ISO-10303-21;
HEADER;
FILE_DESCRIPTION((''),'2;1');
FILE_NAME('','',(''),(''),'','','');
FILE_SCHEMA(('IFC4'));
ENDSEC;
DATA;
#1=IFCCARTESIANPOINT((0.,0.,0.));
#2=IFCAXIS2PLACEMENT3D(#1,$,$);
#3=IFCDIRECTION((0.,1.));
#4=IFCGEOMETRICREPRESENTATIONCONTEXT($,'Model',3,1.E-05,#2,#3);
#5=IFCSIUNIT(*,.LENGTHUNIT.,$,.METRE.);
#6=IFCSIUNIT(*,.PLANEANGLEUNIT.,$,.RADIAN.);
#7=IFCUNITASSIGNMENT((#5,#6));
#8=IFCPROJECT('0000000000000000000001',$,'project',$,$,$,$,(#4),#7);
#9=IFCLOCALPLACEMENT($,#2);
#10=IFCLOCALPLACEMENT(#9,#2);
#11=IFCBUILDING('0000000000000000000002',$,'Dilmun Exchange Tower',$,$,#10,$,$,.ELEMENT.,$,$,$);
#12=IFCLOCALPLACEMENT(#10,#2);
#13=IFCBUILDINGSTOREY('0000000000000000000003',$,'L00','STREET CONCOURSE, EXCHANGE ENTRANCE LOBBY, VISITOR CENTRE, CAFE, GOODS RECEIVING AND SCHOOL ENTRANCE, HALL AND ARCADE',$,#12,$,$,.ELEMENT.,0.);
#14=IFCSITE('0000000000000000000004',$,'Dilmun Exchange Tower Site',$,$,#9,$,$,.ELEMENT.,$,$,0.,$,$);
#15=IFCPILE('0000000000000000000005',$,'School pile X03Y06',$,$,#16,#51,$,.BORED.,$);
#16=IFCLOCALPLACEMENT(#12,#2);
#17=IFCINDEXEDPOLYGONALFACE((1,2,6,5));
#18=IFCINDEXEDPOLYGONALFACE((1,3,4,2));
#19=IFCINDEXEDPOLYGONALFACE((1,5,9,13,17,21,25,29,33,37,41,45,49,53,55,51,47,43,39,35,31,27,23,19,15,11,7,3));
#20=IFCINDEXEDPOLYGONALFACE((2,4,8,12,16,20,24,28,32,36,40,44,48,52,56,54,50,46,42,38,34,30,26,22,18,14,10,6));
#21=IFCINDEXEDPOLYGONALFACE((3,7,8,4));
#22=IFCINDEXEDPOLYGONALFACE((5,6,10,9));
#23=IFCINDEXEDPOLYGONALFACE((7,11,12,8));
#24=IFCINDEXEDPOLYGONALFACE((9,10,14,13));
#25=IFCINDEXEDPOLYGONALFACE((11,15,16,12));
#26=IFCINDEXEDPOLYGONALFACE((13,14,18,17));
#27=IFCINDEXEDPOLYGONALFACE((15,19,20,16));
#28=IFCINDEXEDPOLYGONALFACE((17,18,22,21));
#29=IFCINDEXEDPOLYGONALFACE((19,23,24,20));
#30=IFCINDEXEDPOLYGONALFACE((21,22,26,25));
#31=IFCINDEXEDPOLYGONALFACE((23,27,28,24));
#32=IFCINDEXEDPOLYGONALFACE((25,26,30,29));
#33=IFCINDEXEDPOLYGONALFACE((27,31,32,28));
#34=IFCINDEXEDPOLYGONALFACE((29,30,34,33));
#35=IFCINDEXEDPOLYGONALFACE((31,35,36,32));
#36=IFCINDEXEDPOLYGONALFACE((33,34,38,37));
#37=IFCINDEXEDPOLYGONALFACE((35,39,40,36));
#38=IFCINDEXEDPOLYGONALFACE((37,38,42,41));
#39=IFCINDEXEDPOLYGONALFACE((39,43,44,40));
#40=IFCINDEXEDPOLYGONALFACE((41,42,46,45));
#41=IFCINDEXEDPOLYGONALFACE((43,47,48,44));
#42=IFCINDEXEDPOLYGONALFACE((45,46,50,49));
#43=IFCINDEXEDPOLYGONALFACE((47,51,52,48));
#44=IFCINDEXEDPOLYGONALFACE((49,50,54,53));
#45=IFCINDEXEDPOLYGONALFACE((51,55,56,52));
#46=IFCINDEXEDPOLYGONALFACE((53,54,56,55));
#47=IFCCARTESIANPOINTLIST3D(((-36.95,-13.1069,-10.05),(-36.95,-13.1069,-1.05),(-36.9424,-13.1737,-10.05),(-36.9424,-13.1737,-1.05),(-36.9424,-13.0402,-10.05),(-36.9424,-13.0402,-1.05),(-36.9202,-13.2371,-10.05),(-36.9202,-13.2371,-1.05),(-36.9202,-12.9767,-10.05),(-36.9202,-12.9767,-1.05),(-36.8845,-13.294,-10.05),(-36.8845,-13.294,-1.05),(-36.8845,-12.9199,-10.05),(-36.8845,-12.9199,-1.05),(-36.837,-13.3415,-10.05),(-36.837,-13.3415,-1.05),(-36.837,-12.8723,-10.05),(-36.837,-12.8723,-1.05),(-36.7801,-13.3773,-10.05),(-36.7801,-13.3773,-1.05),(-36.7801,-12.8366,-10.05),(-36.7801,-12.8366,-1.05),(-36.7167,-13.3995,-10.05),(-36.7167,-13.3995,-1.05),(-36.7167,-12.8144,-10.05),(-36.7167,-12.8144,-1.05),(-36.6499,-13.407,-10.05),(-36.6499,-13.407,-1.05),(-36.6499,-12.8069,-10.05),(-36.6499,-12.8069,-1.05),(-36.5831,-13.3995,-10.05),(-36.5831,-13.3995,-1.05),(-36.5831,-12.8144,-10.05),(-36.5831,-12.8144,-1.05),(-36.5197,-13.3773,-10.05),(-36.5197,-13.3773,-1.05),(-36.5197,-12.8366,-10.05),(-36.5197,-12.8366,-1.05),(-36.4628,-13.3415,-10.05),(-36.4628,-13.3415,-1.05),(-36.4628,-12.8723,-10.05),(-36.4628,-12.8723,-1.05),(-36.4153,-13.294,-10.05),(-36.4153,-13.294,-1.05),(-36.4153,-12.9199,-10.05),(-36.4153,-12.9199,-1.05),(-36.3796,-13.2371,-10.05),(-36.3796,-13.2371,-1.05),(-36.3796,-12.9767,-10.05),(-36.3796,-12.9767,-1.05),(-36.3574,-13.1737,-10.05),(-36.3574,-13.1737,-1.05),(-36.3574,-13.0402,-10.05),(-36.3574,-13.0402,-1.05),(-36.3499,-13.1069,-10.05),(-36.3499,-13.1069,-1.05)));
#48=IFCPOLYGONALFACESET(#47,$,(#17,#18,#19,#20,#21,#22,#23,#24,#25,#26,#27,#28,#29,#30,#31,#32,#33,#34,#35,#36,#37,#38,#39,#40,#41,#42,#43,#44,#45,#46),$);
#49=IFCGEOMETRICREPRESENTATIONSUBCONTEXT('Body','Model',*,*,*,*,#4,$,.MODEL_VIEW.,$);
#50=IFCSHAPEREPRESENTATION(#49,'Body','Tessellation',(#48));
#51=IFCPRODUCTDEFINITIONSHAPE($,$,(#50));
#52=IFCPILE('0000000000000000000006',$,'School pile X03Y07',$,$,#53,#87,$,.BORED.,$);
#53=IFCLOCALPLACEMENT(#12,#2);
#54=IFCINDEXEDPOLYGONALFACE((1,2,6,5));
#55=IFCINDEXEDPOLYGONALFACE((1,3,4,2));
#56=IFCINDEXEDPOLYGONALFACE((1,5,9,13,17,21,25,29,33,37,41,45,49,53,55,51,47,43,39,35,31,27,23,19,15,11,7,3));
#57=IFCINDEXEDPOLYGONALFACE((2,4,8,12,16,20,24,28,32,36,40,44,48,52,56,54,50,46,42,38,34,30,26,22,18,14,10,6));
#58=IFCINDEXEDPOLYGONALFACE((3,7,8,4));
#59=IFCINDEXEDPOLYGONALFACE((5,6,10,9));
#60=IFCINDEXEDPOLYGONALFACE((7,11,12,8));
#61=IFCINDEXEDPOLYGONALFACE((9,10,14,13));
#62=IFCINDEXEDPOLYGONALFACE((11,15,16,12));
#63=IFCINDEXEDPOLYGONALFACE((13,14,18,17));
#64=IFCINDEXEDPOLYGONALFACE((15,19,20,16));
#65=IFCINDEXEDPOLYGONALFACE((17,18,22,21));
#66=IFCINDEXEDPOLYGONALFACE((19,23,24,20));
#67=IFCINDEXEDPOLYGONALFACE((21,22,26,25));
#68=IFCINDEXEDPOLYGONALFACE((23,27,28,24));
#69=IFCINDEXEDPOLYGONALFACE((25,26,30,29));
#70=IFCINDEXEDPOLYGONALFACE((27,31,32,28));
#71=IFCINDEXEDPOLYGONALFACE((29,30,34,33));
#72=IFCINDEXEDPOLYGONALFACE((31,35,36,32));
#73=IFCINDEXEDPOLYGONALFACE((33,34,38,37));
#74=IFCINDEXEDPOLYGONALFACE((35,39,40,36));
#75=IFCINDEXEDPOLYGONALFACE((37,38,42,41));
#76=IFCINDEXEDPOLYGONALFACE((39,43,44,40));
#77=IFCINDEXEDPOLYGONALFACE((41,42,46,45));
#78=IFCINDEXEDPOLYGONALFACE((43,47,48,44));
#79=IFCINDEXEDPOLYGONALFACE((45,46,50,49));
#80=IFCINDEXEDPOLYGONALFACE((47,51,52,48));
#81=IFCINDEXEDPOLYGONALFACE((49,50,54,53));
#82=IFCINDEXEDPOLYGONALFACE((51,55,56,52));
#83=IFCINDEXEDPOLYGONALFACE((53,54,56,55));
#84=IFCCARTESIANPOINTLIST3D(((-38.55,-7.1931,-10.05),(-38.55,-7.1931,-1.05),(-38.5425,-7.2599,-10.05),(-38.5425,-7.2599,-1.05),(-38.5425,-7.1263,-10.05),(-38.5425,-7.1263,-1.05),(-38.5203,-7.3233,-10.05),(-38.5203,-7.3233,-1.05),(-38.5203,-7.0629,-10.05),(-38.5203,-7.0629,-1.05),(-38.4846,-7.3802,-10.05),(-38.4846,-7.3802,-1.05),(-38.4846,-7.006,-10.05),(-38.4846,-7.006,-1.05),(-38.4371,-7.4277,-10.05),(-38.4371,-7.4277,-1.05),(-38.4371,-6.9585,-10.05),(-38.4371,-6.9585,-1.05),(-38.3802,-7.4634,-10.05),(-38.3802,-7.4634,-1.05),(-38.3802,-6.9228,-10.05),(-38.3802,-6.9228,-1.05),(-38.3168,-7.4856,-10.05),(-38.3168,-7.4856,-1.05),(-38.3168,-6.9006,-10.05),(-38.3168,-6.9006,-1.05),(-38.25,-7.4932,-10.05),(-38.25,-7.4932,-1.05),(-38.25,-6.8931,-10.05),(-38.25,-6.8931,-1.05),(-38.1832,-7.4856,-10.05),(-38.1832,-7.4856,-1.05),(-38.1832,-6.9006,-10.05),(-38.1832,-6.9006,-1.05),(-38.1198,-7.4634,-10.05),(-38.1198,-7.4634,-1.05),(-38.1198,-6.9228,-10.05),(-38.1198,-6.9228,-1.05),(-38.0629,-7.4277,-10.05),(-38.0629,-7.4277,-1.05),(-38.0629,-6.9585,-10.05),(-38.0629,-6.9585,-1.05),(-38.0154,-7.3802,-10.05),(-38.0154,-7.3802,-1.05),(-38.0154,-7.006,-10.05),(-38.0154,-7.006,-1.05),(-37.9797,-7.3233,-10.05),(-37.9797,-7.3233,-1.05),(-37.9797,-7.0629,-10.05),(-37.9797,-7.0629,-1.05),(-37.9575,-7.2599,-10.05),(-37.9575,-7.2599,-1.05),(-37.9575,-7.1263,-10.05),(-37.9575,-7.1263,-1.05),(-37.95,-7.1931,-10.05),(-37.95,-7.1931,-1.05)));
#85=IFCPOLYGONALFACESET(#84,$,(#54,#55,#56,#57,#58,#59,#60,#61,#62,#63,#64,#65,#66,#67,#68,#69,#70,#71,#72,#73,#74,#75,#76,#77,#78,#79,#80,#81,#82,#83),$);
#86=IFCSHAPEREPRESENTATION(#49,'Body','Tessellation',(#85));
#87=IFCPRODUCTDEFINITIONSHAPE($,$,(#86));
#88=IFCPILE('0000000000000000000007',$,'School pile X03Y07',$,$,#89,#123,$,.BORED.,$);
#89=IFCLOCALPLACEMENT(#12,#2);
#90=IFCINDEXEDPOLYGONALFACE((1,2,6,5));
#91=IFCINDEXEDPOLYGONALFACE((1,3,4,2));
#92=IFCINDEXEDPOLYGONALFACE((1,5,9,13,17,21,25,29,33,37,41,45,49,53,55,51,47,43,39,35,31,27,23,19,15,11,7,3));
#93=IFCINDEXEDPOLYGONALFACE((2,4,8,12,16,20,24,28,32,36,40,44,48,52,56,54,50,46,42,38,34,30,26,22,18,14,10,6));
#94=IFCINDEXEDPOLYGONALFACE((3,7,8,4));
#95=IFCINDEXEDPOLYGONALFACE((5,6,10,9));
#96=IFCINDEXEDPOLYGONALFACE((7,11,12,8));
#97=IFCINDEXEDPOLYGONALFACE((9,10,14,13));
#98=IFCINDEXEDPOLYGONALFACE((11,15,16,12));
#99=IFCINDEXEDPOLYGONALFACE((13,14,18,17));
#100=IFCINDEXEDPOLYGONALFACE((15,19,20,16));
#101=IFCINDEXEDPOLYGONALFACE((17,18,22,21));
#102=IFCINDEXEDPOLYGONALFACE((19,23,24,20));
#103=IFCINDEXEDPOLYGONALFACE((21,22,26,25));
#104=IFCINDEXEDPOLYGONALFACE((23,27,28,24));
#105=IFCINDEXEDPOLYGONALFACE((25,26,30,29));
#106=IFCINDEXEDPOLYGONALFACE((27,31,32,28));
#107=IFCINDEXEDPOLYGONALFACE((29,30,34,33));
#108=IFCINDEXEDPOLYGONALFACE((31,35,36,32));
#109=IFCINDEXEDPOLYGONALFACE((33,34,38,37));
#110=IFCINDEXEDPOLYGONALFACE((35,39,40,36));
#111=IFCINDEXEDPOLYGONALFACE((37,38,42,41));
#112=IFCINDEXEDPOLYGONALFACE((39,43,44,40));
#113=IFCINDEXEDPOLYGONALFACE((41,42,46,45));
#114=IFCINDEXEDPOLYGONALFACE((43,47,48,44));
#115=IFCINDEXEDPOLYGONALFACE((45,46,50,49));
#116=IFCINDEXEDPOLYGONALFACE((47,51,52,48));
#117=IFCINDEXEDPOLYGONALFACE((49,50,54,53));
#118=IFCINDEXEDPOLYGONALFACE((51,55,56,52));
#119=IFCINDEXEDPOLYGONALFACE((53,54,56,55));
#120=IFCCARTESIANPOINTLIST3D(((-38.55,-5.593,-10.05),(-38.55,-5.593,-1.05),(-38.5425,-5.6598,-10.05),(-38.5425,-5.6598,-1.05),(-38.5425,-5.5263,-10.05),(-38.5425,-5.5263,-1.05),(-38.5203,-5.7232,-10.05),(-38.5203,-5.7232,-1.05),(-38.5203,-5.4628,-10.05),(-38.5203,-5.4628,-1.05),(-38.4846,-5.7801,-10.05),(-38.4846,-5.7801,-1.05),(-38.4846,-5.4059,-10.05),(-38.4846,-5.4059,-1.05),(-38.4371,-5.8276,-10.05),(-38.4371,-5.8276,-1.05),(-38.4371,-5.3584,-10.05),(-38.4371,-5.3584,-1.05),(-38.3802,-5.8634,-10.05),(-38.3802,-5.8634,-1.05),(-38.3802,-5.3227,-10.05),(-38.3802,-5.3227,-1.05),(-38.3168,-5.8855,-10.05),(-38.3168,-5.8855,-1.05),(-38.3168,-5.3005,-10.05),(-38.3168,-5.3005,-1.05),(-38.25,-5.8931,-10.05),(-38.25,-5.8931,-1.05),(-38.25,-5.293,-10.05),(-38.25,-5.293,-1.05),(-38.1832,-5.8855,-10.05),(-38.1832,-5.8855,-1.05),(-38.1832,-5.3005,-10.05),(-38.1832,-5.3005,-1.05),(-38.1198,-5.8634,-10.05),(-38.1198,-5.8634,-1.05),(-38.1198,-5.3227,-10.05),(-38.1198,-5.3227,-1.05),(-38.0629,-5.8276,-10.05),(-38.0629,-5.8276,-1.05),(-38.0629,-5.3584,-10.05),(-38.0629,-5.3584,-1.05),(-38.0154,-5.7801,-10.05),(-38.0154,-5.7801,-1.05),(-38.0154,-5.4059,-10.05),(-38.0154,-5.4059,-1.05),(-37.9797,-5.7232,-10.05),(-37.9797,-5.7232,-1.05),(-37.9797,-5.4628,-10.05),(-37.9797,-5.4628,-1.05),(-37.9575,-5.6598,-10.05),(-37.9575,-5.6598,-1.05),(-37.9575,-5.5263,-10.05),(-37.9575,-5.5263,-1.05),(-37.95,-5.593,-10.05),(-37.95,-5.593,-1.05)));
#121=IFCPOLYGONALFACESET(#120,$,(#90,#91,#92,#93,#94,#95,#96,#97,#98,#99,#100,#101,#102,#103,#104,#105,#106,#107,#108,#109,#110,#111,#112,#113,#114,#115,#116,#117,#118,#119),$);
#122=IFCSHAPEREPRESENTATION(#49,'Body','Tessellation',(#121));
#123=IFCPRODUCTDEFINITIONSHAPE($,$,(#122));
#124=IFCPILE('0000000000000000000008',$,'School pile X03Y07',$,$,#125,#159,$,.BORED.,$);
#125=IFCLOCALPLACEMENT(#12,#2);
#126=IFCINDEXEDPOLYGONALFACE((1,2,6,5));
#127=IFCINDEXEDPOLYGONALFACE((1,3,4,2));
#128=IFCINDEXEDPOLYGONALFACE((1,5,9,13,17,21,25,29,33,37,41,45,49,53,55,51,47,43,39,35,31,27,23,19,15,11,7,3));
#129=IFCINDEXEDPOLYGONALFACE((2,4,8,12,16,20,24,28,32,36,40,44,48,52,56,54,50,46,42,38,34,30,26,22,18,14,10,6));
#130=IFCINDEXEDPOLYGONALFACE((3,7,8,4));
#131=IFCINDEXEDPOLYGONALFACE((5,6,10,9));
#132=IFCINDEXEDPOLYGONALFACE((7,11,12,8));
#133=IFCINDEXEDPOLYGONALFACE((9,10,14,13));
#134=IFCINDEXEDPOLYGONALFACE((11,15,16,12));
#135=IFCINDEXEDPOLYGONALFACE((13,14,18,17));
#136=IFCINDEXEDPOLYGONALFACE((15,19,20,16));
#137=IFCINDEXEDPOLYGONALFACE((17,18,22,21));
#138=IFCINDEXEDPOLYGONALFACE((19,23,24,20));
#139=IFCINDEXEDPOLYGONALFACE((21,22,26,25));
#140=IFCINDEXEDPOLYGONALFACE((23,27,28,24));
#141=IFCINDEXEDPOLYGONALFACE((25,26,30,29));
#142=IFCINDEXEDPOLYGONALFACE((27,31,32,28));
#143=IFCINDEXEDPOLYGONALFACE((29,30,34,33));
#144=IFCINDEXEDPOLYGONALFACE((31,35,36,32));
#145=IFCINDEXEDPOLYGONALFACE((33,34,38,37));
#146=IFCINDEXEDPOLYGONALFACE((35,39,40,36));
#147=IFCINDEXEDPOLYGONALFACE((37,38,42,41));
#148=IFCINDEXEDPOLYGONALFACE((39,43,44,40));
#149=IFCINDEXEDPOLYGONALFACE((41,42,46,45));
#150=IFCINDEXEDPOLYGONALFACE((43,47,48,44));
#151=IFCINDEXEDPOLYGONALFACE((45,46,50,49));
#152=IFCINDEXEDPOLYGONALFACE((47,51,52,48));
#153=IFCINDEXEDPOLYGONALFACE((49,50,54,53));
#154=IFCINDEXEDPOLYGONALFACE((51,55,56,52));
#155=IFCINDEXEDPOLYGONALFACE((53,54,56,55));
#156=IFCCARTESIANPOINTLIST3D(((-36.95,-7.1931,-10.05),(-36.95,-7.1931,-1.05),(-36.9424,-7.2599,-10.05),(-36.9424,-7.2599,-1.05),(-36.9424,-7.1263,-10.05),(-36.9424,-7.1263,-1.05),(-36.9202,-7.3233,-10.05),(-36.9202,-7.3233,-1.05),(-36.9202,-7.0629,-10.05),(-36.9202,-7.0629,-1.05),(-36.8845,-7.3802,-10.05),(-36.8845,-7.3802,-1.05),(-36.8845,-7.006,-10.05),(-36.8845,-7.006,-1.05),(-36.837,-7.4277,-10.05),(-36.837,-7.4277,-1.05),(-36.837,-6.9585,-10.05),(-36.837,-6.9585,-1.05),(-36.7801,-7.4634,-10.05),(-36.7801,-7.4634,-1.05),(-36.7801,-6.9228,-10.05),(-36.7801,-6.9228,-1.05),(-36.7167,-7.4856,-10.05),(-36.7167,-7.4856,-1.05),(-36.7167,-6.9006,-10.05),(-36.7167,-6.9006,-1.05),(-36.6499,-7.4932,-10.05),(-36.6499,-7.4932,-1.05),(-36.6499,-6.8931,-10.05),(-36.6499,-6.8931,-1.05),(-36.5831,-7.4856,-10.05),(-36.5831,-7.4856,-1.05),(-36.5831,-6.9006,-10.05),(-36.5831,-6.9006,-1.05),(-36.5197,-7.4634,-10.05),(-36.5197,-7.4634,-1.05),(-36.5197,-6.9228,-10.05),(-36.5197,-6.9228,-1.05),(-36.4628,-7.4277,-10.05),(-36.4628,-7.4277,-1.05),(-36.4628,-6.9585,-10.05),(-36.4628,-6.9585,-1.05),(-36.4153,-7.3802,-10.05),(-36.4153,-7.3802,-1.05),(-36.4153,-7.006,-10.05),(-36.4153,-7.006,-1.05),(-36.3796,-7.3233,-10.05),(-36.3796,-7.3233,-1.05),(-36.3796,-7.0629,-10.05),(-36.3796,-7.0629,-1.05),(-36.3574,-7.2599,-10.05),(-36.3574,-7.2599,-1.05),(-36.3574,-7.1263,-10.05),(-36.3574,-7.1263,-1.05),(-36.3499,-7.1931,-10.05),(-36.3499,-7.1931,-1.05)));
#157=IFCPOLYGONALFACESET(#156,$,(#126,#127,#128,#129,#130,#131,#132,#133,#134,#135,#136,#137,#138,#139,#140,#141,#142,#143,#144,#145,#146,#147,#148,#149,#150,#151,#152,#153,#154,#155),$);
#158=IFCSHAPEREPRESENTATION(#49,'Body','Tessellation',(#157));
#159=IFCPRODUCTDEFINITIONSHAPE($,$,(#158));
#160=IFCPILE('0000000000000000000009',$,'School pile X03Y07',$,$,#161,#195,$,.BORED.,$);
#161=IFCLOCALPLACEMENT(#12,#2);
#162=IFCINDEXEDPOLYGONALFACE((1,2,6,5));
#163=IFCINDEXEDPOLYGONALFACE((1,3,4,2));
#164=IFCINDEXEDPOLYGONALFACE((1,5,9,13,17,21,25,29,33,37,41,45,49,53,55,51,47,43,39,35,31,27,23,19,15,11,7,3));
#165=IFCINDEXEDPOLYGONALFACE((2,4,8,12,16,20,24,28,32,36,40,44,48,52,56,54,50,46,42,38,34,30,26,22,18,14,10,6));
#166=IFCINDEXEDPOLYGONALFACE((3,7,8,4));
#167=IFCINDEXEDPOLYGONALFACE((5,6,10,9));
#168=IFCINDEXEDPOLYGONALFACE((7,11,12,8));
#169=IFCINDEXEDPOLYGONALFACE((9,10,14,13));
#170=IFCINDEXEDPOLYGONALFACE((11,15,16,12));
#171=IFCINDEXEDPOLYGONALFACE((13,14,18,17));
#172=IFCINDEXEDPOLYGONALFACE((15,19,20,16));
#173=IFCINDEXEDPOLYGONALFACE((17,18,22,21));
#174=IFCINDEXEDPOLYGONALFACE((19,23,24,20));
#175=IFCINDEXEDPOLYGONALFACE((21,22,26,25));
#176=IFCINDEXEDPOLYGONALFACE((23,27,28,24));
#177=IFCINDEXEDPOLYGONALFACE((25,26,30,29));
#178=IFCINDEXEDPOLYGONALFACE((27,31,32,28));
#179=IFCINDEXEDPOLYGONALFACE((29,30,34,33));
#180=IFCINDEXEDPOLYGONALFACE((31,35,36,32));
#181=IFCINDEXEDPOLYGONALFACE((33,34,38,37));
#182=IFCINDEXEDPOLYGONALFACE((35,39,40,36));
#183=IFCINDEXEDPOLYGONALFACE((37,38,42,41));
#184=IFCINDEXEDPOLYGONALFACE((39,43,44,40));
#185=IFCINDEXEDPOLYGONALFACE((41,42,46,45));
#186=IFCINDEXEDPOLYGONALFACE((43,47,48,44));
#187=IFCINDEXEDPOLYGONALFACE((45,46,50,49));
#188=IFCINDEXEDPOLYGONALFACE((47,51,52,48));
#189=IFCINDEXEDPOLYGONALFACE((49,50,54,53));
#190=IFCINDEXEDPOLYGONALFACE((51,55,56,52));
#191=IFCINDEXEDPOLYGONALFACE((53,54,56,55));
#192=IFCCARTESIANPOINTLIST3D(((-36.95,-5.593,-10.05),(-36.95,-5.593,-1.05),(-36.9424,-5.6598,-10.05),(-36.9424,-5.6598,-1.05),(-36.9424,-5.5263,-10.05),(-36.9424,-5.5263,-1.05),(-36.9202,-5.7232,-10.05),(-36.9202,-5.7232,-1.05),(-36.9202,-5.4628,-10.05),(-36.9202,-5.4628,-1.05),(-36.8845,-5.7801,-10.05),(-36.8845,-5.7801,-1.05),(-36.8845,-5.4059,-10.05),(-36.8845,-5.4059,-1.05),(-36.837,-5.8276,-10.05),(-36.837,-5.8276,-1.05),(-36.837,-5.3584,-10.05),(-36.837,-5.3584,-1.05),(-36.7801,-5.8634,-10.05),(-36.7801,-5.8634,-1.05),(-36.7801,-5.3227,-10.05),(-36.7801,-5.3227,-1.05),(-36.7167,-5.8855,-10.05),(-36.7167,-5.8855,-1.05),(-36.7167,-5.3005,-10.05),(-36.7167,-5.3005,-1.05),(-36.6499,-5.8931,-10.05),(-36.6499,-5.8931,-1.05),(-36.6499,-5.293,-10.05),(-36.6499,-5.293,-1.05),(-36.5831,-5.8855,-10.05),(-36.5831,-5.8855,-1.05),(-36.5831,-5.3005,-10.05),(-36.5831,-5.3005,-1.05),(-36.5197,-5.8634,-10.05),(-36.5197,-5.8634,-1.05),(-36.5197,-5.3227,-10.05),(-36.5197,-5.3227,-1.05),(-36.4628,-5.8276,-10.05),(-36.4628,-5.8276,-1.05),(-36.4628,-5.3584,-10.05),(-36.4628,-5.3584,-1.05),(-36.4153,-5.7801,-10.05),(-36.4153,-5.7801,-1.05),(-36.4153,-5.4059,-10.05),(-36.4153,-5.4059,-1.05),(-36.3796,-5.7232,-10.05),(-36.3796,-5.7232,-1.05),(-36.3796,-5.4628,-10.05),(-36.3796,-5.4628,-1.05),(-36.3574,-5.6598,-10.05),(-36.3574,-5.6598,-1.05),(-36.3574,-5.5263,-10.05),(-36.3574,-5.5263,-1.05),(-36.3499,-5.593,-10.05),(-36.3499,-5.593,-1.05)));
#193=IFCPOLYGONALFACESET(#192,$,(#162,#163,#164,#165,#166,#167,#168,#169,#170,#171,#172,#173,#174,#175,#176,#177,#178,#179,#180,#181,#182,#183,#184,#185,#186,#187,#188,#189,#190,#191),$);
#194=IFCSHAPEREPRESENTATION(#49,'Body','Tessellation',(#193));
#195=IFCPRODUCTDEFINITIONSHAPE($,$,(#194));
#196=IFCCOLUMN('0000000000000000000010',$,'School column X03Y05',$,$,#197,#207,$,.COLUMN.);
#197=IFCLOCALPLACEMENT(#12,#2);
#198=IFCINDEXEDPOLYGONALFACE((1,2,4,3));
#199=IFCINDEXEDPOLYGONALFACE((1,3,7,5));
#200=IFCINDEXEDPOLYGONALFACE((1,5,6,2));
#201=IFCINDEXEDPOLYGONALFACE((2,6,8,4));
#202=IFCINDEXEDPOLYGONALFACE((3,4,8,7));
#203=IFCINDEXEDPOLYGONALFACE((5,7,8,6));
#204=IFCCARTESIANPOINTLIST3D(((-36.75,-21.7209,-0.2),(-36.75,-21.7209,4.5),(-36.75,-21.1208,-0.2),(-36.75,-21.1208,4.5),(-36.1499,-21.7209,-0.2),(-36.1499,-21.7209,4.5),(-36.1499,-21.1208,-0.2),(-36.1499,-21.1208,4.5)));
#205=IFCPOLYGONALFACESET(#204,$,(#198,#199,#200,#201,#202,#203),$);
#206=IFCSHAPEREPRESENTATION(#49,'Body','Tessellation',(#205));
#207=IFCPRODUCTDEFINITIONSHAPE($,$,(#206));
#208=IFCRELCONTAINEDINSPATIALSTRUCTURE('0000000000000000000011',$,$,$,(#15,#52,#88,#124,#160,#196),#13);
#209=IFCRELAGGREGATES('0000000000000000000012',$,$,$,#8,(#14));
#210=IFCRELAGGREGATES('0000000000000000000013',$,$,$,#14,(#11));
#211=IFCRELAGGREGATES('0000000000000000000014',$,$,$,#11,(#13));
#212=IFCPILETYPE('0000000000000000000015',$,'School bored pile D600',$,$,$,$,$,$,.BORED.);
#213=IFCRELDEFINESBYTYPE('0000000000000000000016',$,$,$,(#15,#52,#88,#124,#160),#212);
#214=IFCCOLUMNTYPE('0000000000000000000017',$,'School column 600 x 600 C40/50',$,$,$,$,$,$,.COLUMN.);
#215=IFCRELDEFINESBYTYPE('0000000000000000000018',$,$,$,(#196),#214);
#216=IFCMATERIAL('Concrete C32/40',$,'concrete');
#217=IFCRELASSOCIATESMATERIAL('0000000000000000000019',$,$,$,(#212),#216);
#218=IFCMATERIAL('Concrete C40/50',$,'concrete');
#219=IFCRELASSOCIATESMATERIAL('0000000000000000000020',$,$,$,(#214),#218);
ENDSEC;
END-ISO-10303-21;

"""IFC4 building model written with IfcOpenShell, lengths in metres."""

from ifc_helpers import new_model, si_unit, direction, frame, origin, origin_2d, place, context, subcontext, project, spatial, rectangle, circle, extrude, material, material_profile, profile_set, type_object, element, save


model = new_model("IFC4")

# Units and contexts
model_context = context("Model", 3, precision=1e-05, world=origin(), true_north=direction((0.0, 1.0)))
body_context = subcontext(model_context, "Body", "Model", "MODEL_VIEW")
ifc_project = project(units=[si_unit("LENGTHUNIT", "METRE"), si_unit("PLANEANGLEUNIT", "RADIAN")], contexts=[model_context])

# Site, building, storey
site_placement = place(None, origin())
site = spatial("IfcSite", under=ifc_project, at=site_placement, Name="Dilmun Exchange Tower Site", CompositionType="ELEMENT", RefElevation=0.0)
building_placement = place(site_placement, origin())
building = spatial("IfcBuilding", under=site, at=building_placement, Name="Dilmun Exchange Tower", CompositionType="ELEMENT")
storey_placement = place(building_placement, origin())
storey = spatial("IfcBuildingStorey", under=building, at=storey_placement, Name="L00", Description="STREET CONCOURSE, EXCHANGE ENTRANCE LOBBY, VISITOR CENTRE, CAFE, GOODS RECEIVING AND SCHOOL ENTRANCE, HALL AND ARCADE", CompositionType="ELEMENT", Elevation=0.0)

# Piles
ifc_material_1 = material(Name="Concrete C32/40", Category="concrete")
ifc_material_profile_1 = material_profile(ifc_material_1, circle(Radius=0.3, at=origin_2d()), Name="D600")
ifc_profile_set_1 = profile_set([ifc_material_profile_1], Name="Concrete C32/40")
pile_type = type_object("IfcPileType", Name="School bored pile D600", PredefinedType="BORED", material=ifc_profile_set_1)
for number, where, z_axis, x_axis, name in (
    (1, (-36.6499, -13.1069, -1.05), (0.0, 0.0, -1.0), (1.0, 0.0, 0.0), "School pile X03Y06"),
    (2, (-38.25, -7.1931, -1.05), (0.0, 0.0, -1.0), (1.0, 0.0, 0.0), "School pile X03Y07"),
    (3, (-38.25, -5.593, -1.05), (0.0, 0.0, -1.0), (1.0, 0.0, 0.0), "School pile X03Y07"),
    (4, (-36.6499, -7.1931, -1.05), (0.0, 0.0, -1.0), (1.0, 0.0, 0.0), "School pile X03Y07"),
    (5, (-36.6499, -5.593, -1.05), (0.0, 0.0, -1.0), (1.0, 0.0, 0.0), "School pile X03Y07"),
):
    element("IfcPile", number, at=place(storey_placement, frame(where, z_axis=z_axis, x_axis=x_axis)), inside=storey, type_object=pile_type, Name=name, PredefinedType="BORED", context=body_context, shape_type="SweptSolid", body=[
        extrude(circle(Radius=0.3, at=origin_2d()), origin(), (0.0, 0.0, 1.0), 9.0),
    ])

# Column
ifc_material_2 = material(Name="Concrete C40/50", Category="concrete")
ifc_material_profile_2 = material_profile(ifc_material_2, rectangle(XDim=0.6001, YDim=0.6001, at=origin_2d()), Name="600 x 600")
ifc_profile_set_2 = profile_set([ifc_material_profile_2], Name="Concrete C40/50")
column_type = type_object("IfcColumnType", Name="School column 600 x 600 C40/50", PredefinedType="COLUMN", material=ifc_profile_set_2)
for number, where, z_axis, x_axis, name in (
    (6, (-36.45, -21.4209, -0.2), (0.0, 0.0, 1.0), (1.0, 0.0, 0.0), "School column X03Y05"),
):
    element("IfcColumn", number, at=place(storey_placement, frame(where, z_axis=z_axis, x_axis=x_axis)), inside=storey, type_object=column_type, Name=name, PredefinedType="COLUMN", context=body_context, shape_type="SweptSolid", body=[
        extrude(rectangle(XDim=0.6001, YDim=0.6001, at=origin_2d()), origin(), (0.0, 0.0, 1.0), 4.7),
    ])

save(model, "model.ifc")
